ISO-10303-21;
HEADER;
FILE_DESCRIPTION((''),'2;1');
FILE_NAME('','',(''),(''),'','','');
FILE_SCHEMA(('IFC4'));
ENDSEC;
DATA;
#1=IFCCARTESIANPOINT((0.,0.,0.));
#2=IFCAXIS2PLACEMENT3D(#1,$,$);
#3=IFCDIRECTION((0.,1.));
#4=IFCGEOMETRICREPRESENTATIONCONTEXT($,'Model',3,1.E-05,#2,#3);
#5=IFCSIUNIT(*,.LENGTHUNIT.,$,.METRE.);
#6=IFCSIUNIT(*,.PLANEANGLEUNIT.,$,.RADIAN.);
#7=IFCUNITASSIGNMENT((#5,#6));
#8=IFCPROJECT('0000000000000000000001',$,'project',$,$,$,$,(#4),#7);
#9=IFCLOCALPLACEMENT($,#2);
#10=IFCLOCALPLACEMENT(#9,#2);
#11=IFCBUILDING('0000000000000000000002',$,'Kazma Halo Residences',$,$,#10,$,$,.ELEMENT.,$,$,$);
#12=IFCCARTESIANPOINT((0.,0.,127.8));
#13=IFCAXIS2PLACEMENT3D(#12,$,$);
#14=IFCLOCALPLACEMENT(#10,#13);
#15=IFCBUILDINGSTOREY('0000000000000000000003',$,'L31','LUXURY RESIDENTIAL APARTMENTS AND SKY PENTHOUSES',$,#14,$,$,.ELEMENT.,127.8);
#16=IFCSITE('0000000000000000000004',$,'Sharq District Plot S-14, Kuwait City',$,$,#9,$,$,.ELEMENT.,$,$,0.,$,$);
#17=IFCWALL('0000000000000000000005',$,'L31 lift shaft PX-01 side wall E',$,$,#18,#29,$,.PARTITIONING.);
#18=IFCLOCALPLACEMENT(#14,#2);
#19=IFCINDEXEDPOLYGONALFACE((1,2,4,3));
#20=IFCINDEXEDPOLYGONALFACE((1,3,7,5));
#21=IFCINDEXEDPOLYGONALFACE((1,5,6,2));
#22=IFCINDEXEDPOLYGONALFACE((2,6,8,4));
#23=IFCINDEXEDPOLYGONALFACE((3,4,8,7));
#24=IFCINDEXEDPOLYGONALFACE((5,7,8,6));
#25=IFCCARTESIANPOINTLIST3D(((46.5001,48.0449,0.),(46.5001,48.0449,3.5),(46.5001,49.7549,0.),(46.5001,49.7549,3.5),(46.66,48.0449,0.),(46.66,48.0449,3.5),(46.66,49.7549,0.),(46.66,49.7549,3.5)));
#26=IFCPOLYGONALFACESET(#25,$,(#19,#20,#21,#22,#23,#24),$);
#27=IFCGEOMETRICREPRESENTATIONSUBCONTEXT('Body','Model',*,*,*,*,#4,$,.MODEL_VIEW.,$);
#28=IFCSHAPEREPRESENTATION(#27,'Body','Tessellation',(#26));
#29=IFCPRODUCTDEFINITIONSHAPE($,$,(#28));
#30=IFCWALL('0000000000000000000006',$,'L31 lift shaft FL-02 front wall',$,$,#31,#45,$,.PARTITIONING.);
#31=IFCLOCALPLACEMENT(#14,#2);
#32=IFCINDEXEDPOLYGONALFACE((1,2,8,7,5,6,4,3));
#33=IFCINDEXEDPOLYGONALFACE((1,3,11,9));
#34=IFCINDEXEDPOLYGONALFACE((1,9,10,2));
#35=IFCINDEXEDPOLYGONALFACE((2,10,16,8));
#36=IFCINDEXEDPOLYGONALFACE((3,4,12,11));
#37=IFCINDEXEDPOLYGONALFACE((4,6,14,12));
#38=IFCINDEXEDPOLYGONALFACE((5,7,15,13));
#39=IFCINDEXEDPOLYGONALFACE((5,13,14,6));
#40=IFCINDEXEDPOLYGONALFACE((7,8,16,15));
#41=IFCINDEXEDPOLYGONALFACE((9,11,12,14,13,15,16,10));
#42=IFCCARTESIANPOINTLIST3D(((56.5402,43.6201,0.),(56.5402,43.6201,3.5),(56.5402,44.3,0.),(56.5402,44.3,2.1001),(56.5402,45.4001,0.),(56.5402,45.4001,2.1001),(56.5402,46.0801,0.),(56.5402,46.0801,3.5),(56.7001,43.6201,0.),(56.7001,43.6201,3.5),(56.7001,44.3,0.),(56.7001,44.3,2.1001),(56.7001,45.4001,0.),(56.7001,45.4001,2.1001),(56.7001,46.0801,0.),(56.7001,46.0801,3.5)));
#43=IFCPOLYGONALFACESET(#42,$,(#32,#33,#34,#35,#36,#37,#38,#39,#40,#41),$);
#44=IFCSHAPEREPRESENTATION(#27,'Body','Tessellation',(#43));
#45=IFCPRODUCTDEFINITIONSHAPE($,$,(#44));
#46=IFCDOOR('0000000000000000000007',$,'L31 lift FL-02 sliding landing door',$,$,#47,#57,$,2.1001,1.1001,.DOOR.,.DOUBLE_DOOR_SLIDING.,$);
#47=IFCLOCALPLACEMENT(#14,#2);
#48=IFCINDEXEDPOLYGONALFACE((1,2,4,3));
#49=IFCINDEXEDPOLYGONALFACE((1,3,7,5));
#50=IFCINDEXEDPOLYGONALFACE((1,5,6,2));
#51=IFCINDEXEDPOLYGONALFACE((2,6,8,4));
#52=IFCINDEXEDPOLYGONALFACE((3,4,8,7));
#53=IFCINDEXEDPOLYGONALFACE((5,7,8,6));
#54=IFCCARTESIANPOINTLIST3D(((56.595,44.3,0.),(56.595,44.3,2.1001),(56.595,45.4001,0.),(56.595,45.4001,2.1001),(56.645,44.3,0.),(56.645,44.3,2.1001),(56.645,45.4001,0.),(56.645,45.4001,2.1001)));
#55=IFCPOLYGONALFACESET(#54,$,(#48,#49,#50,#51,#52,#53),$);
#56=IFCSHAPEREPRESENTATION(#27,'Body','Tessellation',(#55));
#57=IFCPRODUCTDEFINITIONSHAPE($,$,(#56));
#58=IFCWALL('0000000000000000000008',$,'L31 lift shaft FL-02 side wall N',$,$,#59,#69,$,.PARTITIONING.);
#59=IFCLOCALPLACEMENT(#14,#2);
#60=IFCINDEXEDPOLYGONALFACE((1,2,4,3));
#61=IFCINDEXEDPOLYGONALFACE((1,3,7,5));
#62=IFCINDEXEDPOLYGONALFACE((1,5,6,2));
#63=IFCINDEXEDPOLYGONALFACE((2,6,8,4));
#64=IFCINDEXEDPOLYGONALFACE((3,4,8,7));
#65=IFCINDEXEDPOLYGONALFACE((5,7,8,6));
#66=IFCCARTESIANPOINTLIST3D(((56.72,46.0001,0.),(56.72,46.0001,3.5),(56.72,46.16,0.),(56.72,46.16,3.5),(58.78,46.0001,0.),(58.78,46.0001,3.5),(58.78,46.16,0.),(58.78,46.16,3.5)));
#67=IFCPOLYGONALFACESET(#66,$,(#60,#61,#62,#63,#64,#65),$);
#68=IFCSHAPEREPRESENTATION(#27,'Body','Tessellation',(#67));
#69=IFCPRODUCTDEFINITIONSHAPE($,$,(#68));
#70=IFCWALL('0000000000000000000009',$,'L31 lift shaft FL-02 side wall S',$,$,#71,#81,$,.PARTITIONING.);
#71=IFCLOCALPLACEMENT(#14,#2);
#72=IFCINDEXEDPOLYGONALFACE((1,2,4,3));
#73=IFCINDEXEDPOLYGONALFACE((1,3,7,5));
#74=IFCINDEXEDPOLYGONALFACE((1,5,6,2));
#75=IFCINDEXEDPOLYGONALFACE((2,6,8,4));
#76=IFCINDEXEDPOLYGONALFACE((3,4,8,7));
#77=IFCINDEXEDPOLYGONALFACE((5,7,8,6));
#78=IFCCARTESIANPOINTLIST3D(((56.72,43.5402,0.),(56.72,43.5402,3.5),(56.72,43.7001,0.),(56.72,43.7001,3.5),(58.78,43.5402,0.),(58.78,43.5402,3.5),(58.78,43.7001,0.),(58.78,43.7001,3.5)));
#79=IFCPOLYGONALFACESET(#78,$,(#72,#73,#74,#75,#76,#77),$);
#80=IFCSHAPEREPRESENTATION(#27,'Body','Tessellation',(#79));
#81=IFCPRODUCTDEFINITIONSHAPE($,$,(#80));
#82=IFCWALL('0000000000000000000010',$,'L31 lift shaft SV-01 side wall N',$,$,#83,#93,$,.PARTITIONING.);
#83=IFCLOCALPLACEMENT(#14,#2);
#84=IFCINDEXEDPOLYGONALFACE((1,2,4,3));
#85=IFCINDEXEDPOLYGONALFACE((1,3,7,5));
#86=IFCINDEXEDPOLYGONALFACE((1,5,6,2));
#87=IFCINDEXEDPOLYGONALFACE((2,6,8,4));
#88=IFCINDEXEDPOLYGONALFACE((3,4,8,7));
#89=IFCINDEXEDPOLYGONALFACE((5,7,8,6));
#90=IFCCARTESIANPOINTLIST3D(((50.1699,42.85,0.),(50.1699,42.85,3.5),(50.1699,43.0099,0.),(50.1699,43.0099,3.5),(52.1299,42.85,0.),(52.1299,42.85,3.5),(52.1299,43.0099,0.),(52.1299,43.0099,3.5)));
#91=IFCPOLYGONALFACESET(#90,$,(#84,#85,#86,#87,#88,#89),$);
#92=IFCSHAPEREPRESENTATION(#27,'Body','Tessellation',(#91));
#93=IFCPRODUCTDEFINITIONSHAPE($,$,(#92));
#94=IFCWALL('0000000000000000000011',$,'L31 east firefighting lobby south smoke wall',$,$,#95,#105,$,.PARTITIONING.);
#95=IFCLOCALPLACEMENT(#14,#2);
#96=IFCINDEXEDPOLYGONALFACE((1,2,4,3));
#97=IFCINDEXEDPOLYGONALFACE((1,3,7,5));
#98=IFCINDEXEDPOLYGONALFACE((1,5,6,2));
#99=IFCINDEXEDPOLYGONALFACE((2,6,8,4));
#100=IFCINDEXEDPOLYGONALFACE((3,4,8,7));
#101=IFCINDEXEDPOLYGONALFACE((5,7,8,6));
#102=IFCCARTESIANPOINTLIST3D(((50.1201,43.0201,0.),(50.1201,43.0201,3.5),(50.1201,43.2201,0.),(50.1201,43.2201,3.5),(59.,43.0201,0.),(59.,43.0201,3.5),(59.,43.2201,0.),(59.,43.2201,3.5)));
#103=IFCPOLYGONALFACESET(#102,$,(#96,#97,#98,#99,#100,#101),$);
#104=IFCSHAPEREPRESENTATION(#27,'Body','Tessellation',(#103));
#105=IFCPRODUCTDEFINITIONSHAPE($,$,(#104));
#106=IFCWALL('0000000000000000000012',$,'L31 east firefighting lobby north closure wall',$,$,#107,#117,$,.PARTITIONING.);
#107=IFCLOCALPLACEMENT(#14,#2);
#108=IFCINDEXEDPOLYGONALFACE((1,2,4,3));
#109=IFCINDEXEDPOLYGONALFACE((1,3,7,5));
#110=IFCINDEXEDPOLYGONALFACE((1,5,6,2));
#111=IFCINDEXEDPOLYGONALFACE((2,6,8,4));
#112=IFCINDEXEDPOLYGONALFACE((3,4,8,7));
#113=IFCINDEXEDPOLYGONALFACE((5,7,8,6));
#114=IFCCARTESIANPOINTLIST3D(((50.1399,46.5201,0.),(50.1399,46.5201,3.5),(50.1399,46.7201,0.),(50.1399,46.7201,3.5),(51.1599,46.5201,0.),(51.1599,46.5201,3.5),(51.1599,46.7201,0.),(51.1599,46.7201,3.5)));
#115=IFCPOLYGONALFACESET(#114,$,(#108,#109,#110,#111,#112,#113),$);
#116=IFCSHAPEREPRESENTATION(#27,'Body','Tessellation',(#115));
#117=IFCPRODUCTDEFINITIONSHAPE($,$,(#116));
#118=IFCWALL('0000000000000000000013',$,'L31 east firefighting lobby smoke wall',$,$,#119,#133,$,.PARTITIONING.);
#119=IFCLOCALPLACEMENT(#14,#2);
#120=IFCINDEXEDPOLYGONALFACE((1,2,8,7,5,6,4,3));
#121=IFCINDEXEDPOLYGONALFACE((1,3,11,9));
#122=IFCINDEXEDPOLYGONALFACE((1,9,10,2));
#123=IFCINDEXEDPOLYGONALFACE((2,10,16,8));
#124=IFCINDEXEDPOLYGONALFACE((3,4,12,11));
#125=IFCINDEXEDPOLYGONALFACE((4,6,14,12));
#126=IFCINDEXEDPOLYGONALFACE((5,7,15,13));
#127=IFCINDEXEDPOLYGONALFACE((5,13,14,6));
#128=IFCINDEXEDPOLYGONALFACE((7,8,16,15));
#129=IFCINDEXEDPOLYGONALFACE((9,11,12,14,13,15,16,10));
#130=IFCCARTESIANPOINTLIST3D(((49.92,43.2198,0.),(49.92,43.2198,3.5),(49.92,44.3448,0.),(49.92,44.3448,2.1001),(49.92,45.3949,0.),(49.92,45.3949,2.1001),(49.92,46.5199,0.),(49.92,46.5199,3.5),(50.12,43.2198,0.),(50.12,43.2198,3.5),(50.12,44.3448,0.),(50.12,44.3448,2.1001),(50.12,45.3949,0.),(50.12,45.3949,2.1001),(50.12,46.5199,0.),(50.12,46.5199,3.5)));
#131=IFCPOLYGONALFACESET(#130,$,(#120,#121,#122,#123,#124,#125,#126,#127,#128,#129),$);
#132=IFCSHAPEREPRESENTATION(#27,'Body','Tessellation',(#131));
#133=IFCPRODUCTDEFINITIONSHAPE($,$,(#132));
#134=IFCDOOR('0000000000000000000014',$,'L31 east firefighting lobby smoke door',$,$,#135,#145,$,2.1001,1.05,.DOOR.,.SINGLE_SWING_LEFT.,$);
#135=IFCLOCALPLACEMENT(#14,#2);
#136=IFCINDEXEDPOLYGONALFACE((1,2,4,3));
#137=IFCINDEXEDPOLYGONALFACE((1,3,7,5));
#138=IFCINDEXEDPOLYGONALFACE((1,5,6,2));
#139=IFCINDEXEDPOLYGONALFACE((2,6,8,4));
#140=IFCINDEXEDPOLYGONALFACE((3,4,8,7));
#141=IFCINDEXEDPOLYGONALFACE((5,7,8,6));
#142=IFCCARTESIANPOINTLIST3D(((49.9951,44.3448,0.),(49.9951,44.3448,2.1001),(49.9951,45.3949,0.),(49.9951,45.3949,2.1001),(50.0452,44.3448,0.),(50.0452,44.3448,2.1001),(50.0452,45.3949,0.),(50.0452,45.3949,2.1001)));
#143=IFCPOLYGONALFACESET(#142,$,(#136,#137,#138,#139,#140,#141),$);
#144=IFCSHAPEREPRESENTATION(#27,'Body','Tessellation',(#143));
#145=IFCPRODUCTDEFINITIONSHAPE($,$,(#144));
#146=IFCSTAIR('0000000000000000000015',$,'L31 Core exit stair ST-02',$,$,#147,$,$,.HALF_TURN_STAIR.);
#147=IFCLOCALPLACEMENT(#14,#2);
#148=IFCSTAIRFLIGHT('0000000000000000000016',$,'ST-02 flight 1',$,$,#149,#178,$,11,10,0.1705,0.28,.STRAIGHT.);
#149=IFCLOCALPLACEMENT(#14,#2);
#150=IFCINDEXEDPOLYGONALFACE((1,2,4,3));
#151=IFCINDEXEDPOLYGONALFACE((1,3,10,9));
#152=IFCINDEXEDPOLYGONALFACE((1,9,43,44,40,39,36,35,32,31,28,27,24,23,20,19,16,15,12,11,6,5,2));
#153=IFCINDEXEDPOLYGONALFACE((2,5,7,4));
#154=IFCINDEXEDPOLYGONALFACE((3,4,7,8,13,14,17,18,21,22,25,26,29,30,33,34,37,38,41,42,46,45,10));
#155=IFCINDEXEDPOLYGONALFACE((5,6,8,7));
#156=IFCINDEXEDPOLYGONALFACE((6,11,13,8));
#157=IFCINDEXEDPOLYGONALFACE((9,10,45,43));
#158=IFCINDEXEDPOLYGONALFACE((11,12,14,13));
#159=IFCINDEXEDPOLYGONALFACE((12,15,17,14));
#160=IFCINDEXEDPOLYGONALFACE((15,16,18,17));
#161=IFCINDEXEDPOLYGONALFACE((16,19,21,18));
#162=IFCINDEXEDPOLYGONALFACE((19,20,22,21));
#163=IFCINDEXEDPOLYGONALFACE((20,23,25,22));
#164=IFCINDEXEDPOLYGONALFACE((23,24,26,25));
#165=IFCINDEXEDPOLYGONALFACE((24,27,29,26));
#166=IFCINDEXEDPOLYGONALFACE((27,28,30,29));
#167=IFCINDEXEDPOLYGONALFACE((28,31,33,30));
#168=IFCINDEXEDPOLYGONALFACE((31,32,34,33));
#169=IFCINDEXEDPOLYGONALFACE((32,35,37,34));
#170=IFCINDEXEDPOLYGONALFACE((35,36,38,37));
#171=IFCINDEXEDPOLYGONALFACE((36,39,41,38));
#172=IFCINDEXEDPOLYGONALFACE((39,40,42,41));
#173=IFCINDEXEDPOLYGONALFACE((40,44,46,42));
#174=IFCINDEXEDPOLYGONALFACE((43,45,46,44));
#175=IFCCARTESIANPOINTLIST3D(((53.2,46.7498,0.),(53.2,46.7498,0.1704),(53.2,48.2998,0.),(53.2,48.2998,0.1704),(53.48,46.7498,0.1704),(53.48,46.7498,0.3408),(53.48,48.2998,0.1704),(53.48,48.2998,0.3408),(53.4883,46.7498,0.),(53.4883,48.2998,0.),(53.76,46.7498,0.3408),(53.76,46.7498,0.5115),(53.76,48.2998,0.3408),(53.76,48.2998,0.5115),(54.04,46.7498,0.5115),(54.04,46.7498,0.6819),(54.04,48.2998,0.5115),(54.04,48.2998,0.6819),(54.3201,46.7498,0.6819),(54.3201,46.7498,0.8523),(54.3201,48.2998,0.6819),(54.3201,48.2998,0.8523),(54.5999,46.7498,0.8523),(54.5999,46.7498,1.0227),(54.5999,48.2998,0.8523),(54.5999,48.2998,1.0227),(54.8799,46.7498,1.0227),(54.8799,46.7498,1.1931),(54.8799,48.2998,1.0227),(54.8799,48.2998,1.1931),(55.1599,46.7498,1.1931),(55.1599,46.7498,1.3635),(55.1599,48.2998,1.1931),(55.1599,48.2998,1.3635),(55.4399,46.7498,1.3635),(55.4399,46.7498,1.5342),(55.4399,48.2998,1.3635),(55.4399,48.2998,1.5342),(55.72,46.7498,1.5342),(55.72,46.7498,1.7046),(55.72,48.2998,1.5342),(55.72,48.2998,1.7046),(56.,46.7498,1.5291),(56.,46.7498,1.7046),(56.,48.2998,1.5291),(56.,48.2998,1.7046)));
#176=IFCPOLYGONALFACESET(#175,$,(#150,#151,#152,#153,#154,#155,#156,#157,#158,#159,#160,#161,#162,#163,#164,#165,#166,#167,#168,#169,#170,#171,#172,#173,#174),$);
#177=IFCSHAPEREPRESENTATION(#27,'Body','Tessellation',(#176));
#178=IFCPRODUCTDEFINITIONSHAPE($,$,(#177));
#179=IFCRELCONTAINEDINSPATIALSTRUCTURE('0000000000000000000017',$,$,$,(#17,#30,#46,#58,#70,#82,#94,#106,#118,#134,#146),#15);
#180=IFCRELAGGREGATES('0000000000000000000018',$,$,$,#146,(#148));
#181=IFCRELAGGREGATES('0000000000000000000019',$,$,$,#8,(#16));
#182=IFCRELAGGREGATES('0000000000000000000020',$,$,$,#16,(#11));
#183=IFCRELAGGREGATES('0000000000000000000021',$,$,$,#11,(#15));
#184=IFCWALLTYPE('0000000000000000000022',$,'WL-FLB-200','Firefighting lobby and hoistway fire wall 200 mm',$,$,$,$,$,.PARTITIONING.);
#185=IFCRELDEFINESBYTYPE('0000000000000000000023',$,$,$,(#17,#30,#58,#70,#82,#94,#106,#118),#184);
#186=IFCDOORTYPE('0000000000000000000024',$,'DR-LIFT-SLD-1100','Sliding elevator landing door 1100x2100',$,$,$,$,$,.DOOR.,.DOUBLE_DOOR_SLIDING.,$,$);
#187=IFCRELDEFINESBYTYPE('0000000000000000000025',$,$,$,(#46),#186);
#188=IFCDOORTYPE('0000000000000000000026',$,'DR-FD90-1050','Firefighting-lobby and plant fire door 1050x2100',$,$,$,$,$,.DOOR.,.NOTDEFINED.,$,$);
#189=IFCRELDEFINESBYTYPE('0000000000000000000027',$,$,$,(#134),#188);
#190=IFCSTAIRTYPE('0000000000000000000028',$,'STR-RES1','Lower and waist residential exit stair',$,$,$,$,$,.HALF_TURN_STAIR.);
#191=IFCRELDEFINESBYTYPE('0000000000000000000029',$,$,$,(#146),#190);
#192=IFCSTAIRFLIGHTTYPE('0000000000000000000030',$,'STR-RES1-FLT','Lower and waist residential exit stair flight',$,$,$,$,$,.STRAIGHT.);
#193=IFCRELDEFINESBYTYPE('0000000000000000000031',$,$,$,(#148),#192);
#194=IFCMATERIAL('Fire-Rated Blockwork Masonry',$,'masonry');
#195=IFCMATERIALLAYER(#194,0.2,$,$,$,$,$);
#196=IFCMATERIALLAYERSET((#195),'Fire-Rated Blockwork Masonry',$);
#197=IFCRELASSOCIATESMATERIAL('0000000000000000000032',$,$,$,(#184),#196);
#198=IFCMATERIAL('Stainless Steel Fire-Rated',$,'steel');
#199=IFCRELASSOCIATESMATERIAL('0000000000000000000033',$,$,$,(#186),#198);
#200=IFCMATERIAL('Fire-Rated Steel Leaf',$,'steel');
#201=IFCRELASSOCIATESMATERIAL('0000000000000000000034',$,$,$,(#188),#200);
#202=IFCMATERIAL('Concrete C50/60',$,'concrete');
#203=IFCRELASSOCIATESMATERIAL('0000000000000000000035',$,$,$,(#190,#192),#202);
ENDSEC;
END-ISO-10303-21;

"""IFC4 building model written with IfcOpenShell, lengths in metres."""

from ifc_helpers import new_model, si_unit, direction, frame, frame_2d, origin, place, context, subcontext, project, spatial, polyline, rectangle, outline, extrude, material, layer, layer_set, type_object, element, fill, aggregate, save


model = new_model("IFC4")

# Units and contexts
model_context = context("Model", 3, precision=1e-05, world=origin(), true_north=direction((0.0, 1.0)))
body_context = subcontext(model_context, "Body", "Model", "MODEL_VIEW")
ifc_project = project(units=[si_unit("LENGTHUNIT", "METRE"), si_unit("PLANEANGLEUNIT", "RADIAN")], contexts=[model_context])

# Site, building, storey
site_placement = place(None, origin())
site = spatial("IfcSite", under=ifc_project, at=site_placement, Name="Sharq District Plot S-14, Kuwait City", CompositionType="ELEMENT", RefElevation=0.0)
building_placement = place(site_placement, origin())
building = spatial("IfcBuilding", under=site, at=building_placement, Name="Kazma Halo Residences", CompositionType="ELEMENT")
storey_placement = place(building_placement, frame((0.0, 0.0, 127.8)))
storey = spatial("IfcBuildingStorey", under=building, at=storey_placement, Name="L31", Description="LUXURY RESIDENTIAL APARTMENTS AND SKY PENTHOUSES", CompositionType="ELEMENT", Elevation=127.8)

# Wall
ifc_material_1 = material(Name="Fire-Rated Blockwork Masonry", Category="masonry")
ifc_layer_1 = layer(ifc_material_1, 0.2)
ifc_layer_set_1 = layer_set([ifc_layer_1], Name="Fire-Rated Blockwork Masonry")
wall_type_1 = type_object("IfcWallType", Name="WL-FLB-200", Description="Firefighting lobby and hoistway fire wall 200 mm", PredefinedType="PARTITIONING", material=ifc_layer_set_1)
wall_1_placement = place(storey_placement, frame((46.5801, 48.0449, 0.0), z_axis=(0.0, 0.0, 1.0), x_axis=(0.0, 1.0, 0.0)))
element("IfcWall", 1, at=wall_1_placement, inside=storey, type_object=wall_type_1, Name="L31 lift shaft PX-01 side wall E", PredefinedType="PARTITIONING", context=body_context, shape_type="SweptSolid", body=[
    extrude(rectangle(XDim=1.71, YDim=0.1599, at=frame_2d((0.855, 0.0))), origin(), (0.0, 0.0, 1.0), 3.5),
])

# Wall, opening, door
wall_2_placement = place(storey_placement, frame((56.6201, 46.0801, 0.0), z_axis=(0.0, 0.0, 1.0), x_axis=(0.0, -1.0, 0.0)))
wall_2 = element("IfcWall", 2, at=wall_2_placement, inside=storey, type_object=wall_type_1, Name="L31 lift shaft FL-02 front wall", PredefinedType="PARTITIONING", context=body_context, shape_type="SweptSolid", body=[
    extrude(rectangle(XDim=2.46, YDim=0.1599, at=frame_2d((1.23, 0.0))), origin(), (0.0, 0.0, 1.0), 3.5),
])
opening_1_placement = place(wall_2_placement, frame((0.6799, 0.0, 0.0)))
opening_1 = element("IfcOpeningElement", 3, at=opening_1_placement, cuts=wall_2, PredefinedType="OPENING", context=body_context, shape_type="SweptSolid", body=[
    extrude(rectangle(XDim=1.1001, YDim=2.1001, at=frame_2d((0.55, 1.05))), frame((0.0, 0.0898, 0.0), z_axis=(0.0, -1.0, 0.0), x_axis=(1.0, 0.0, 0.0)), (0.0, 0.0, 1.0), 0.1799),
])
ifc_material_2 = material(Name="Stainless Steel Fire-Rated", Category="steel")
door_type_1 = type_object("IfcDoorType", Name="DR-LIFT-SLD-1100", Description="Sliding elevator landing door 1100x2100", OperationType="DOUBLE_DOOR_SLIDING", PredefinedType="DOOR", material=ifc_material_2)
door_1_placement = place(opening_1_placement, origin())
door_1 = element("IfcDoor", 4, at=door_1_placement, inside=storey, type_object=door_type_1, Name="L31 lift FL-02 sliding landing door", OperationType="DOUBLE_DOOR_SLIDING", OverallHeight=2.1001, OverallWidth=1.1001, PredefinedType="DOOR", context=body_context, shape_type="SweptSolid", body=[
    extrude(rectangle(XDim=1.1001, YDim=2.1001, at=frame_2d((0.55, 1.05))), frame((0.0, 0.0249, 0.0), z_axis=(0.0, -1.0, 0.0), x_axis=(1.0, 0.0, 0.0)), (0.0, 0.0, 1.0), 0.05),
])
fill(opening_1, door_1)

# Walls
for number, where, z_axis, x_axis, name in (
    (5, (56.72, 46.0801, 0.0), (0.0, 0.0, 1.0), (1.0, 0.0, 0.0), "L31 lift shaft FL-02 side wall N"),
    (6, (56.72, 43.6201, 0.0), (0.0, 0.0, 1.0), (1.0, 0.0, 0.0), "L31 lift shaft FL-02 side wall S"),
):
    element("IfcWall", number, at=place(storey_placement, frame(where, z_axis=z_axis, x_axis=x_axis)), inside=storey, type_object=wall_type_1, Name=name, PredefinedType="PARTITIONING", context=body_context, shape_type="SweptSolid", body=[
        extrude(rectangle(XDim=2.0601, YDim=0.1599, at=frame_2d((1.03, 0.0))), origin(), (0.0, 0.0, 1.0), 3.5),
    ])
wall_3_placement = place(storey_placement, frame((50.1699, 42.9299, 0.0), z_axis=(0.0, 0.0, 1.0), x_axis=(1.0, 0.0, 0.0)))
element("IfcWall", 7, at=wall_3_placement, inside=storey, type_object=wall_type_1, Name="L31 lift shaft SV-01 side wall N", PredefinedType="PARTITIONING", context=body_context, shape_type="SweptSolid", body=[
    extrude(rectangle(XDim=1.96, YDim=0.1599, at=frame_2d((0.98, 0.0))), origin(), (0.0, 0.0, 1.0), 3.5),
])
wall_4_placement = place(storey_placement, frame((50.1201, 43.1201, 0.0), z_axis=(0.0, 0.0, 1.0), x_axis=(1.0, 0.0, 0.0)))
element("IfcWall", 8, at=wall_4_placement, inside=storey, type_object=wall_type_1, Name="L31 east firefighting lobby south smoke wall", PredefinedType="PARTITIONING", context=body_context, shape_type="SweptSolid", body=[
    extrude(rectangle(XDim=8.8799, YDim=0.2, at=frame_2d((4.4399, 0.0))), origin(), (0.0, 0.0, 1.0), 3.5),
])
wall_5_placement = place(storey_placement, frame((50.1399, 46.6201, 0.0), z_axis=(0.0, 0.0, 1.0), x_axis=(1.0, 0.0, 0.0)))
element("IfcWall", 9, at=wall_5_placement, inside=storey, type_object=wall_type_1, Name="L31 east firefighting lobby north closure wall", PredefinedType="PARTITIONING", context=body_context, shape_type="SweptSolid", body=[
    extrude(rectangle(XDim=1.02, YDim=0.2, at=frame_2d((0.51, 0.0))), origin(), (0.0, 0.0, 1.0), 3.5),
])

# Wall, opening, door
wall_6_placement = place(storey_placement, frame((50.02, 43.22, 0.0), z_axis=(0.0, 0.0, 1.0), x_axis=(0.0, 1.0, 0.0)))
wall_6 = element("IfcWall", 10, at=wall_6_placement, inside=storey, type_object=wall_type_1, Name="L31 east firefighting lobby smoke wall", PredefinedType="PARTITIONING", context=body_context, shape_type="SweptSolid", body=[
    extrude(rectangle(XDim=3.3, YDim=0.2, at=frame_2d((1.6499, 0.0))), origin(), (0.0, 0.0, 1.0), 3.5),
])
opening_2_placement = place(wall_6_placement, frame((1.125, 0.0, 0.0)))
opening_2 = element("IfcOpeningElement", 11, at=opening_2_placement, cuts=wall_6, PredefinedType="OPENING", context=body_context, shape_type="SweptSolid", body=[
    extrude(rectangle(XDim=1.05, YDim=2.1001, at=frame_2d((0.5249, 1.05))), frame((0.0, 0.1099, 0.0), z_axis=(0.0, -1.0, 0.0), x_axis=(1.0, 0.0, 0.0)), (0.0, 0.0, 1.0), 0.22),
])
ifc_material_3 = material(Name="Fire-Rated Steel Leaf", Category="steel")
door_type_2 = type_object("IfcDoorType", Name="DR-FD90-1050", Description="Firefighting-lobby and plant fire door 1050x2100", OperationType="NOTDEFINED", PredefinedType="DOOR", material=ifc_material_3)
door_2_placement = place(opening_2_placement, origin())
door_2 = element("IfcDoor", 12, at=door_2_placement, inside=storey, type_object=door_type_2, Name="L31 east firefighting lobby smoke door", OperationType="SINGLE_SWING_LEFT", OverallHeight=2.1001, OverallWidth=1.05, PredefinedType="DOOR", context=body_context, shape_type="SweptSolid", body=[
    extrude(rectangle(XDim=1.05, YDim=2.1001, at=frame_2d((0.5249, 1.05))), frame((0.0, 0.0249, 0.0), z_axis=(0.0, -1.0, 0.0), x_axis=(1.0, 0.0, 0.0)), (0.0, 0.0, 1.0), 0.05),
])
fill(opening_2, door_2)
ifc_material_4 = material(Name="Concrete C50/60", Category="concrete")

# Stair, stair flight
stair_type = type_object("IfcStairType", Name="STR-RES1", Description="Lower and waist residential exit stair", PredefinedType="HALF_TURN_STAIR", material=ifc_material_4)
stair_placement = place(storey_placement, origin())
stair = element("IfcStair", 13, at=stair_placement, inside=storey, type_object=stair_type, Name="L31 Core exit stair ST-02", PredefinedType="HALF_TURN_STAIR")
stair_flight_type = type_object("IfcStairFlightType", Name="STR-RES1-FLT", Description="Lower and waist residential exit stair flight", PredefinedType="STRAIGHT", material=ifc_material_4)
stair_flight_1_placement = place(storey_placement, frame((53.2, 47.5249, 0.0), z_axis=(0.0, 0.0, 1.0), x_axis=(1.0, 0.0, 0.0)))
stair_flight_1 = element("IfcStairFlight", 14, at=stair_flight_1_placement, type_object=stair_flight_type, Name="ST-02 flight 1", NumberOfRisers=11, NumberOfTreads=10, PredefinedType="STRAIGHT", RiserHeight=0.1705, TreadLength=0.28, context=body_context, shape_type="SweptSolid", body=[
    extrude(outline(polyline([(0.0, 0.0), (0.0, 0.1704), (0.28, 0.1704), (0.28, 0.3408), (0.5601, 0.3408), (0.5601, 0.5115), (0.8401, 0.5115), (0.8401, 0.6819), (1.1201, 0.6819), (1.1201, 0.8523), (1.3999, 0.8523), (1.3999, 1.0227), (1.6799, 1.0227), (1.6799, 1.1931), (1.96, 1.1931), (1.96, 1.3635), (2.24, 1.3635), (2.24, 1.5342), (2.52, 1.5342), (2.52, 1.7046), (2.8, 1.7046), (2.8, 1.875), (2.8, 1.5291), (0.2883, 0.0), (0.0, 0.0)])), frame((0.0, 0.7749, 0.0), z_axis=(0.0, -1.0, 0.0), x_axis=(1.0, 0.0, 0.0)), (0.0, 0.0, 1.0), 1.55),
])
aggregate(stair, [stair_flight_1])

save(model, "model.ifc")
